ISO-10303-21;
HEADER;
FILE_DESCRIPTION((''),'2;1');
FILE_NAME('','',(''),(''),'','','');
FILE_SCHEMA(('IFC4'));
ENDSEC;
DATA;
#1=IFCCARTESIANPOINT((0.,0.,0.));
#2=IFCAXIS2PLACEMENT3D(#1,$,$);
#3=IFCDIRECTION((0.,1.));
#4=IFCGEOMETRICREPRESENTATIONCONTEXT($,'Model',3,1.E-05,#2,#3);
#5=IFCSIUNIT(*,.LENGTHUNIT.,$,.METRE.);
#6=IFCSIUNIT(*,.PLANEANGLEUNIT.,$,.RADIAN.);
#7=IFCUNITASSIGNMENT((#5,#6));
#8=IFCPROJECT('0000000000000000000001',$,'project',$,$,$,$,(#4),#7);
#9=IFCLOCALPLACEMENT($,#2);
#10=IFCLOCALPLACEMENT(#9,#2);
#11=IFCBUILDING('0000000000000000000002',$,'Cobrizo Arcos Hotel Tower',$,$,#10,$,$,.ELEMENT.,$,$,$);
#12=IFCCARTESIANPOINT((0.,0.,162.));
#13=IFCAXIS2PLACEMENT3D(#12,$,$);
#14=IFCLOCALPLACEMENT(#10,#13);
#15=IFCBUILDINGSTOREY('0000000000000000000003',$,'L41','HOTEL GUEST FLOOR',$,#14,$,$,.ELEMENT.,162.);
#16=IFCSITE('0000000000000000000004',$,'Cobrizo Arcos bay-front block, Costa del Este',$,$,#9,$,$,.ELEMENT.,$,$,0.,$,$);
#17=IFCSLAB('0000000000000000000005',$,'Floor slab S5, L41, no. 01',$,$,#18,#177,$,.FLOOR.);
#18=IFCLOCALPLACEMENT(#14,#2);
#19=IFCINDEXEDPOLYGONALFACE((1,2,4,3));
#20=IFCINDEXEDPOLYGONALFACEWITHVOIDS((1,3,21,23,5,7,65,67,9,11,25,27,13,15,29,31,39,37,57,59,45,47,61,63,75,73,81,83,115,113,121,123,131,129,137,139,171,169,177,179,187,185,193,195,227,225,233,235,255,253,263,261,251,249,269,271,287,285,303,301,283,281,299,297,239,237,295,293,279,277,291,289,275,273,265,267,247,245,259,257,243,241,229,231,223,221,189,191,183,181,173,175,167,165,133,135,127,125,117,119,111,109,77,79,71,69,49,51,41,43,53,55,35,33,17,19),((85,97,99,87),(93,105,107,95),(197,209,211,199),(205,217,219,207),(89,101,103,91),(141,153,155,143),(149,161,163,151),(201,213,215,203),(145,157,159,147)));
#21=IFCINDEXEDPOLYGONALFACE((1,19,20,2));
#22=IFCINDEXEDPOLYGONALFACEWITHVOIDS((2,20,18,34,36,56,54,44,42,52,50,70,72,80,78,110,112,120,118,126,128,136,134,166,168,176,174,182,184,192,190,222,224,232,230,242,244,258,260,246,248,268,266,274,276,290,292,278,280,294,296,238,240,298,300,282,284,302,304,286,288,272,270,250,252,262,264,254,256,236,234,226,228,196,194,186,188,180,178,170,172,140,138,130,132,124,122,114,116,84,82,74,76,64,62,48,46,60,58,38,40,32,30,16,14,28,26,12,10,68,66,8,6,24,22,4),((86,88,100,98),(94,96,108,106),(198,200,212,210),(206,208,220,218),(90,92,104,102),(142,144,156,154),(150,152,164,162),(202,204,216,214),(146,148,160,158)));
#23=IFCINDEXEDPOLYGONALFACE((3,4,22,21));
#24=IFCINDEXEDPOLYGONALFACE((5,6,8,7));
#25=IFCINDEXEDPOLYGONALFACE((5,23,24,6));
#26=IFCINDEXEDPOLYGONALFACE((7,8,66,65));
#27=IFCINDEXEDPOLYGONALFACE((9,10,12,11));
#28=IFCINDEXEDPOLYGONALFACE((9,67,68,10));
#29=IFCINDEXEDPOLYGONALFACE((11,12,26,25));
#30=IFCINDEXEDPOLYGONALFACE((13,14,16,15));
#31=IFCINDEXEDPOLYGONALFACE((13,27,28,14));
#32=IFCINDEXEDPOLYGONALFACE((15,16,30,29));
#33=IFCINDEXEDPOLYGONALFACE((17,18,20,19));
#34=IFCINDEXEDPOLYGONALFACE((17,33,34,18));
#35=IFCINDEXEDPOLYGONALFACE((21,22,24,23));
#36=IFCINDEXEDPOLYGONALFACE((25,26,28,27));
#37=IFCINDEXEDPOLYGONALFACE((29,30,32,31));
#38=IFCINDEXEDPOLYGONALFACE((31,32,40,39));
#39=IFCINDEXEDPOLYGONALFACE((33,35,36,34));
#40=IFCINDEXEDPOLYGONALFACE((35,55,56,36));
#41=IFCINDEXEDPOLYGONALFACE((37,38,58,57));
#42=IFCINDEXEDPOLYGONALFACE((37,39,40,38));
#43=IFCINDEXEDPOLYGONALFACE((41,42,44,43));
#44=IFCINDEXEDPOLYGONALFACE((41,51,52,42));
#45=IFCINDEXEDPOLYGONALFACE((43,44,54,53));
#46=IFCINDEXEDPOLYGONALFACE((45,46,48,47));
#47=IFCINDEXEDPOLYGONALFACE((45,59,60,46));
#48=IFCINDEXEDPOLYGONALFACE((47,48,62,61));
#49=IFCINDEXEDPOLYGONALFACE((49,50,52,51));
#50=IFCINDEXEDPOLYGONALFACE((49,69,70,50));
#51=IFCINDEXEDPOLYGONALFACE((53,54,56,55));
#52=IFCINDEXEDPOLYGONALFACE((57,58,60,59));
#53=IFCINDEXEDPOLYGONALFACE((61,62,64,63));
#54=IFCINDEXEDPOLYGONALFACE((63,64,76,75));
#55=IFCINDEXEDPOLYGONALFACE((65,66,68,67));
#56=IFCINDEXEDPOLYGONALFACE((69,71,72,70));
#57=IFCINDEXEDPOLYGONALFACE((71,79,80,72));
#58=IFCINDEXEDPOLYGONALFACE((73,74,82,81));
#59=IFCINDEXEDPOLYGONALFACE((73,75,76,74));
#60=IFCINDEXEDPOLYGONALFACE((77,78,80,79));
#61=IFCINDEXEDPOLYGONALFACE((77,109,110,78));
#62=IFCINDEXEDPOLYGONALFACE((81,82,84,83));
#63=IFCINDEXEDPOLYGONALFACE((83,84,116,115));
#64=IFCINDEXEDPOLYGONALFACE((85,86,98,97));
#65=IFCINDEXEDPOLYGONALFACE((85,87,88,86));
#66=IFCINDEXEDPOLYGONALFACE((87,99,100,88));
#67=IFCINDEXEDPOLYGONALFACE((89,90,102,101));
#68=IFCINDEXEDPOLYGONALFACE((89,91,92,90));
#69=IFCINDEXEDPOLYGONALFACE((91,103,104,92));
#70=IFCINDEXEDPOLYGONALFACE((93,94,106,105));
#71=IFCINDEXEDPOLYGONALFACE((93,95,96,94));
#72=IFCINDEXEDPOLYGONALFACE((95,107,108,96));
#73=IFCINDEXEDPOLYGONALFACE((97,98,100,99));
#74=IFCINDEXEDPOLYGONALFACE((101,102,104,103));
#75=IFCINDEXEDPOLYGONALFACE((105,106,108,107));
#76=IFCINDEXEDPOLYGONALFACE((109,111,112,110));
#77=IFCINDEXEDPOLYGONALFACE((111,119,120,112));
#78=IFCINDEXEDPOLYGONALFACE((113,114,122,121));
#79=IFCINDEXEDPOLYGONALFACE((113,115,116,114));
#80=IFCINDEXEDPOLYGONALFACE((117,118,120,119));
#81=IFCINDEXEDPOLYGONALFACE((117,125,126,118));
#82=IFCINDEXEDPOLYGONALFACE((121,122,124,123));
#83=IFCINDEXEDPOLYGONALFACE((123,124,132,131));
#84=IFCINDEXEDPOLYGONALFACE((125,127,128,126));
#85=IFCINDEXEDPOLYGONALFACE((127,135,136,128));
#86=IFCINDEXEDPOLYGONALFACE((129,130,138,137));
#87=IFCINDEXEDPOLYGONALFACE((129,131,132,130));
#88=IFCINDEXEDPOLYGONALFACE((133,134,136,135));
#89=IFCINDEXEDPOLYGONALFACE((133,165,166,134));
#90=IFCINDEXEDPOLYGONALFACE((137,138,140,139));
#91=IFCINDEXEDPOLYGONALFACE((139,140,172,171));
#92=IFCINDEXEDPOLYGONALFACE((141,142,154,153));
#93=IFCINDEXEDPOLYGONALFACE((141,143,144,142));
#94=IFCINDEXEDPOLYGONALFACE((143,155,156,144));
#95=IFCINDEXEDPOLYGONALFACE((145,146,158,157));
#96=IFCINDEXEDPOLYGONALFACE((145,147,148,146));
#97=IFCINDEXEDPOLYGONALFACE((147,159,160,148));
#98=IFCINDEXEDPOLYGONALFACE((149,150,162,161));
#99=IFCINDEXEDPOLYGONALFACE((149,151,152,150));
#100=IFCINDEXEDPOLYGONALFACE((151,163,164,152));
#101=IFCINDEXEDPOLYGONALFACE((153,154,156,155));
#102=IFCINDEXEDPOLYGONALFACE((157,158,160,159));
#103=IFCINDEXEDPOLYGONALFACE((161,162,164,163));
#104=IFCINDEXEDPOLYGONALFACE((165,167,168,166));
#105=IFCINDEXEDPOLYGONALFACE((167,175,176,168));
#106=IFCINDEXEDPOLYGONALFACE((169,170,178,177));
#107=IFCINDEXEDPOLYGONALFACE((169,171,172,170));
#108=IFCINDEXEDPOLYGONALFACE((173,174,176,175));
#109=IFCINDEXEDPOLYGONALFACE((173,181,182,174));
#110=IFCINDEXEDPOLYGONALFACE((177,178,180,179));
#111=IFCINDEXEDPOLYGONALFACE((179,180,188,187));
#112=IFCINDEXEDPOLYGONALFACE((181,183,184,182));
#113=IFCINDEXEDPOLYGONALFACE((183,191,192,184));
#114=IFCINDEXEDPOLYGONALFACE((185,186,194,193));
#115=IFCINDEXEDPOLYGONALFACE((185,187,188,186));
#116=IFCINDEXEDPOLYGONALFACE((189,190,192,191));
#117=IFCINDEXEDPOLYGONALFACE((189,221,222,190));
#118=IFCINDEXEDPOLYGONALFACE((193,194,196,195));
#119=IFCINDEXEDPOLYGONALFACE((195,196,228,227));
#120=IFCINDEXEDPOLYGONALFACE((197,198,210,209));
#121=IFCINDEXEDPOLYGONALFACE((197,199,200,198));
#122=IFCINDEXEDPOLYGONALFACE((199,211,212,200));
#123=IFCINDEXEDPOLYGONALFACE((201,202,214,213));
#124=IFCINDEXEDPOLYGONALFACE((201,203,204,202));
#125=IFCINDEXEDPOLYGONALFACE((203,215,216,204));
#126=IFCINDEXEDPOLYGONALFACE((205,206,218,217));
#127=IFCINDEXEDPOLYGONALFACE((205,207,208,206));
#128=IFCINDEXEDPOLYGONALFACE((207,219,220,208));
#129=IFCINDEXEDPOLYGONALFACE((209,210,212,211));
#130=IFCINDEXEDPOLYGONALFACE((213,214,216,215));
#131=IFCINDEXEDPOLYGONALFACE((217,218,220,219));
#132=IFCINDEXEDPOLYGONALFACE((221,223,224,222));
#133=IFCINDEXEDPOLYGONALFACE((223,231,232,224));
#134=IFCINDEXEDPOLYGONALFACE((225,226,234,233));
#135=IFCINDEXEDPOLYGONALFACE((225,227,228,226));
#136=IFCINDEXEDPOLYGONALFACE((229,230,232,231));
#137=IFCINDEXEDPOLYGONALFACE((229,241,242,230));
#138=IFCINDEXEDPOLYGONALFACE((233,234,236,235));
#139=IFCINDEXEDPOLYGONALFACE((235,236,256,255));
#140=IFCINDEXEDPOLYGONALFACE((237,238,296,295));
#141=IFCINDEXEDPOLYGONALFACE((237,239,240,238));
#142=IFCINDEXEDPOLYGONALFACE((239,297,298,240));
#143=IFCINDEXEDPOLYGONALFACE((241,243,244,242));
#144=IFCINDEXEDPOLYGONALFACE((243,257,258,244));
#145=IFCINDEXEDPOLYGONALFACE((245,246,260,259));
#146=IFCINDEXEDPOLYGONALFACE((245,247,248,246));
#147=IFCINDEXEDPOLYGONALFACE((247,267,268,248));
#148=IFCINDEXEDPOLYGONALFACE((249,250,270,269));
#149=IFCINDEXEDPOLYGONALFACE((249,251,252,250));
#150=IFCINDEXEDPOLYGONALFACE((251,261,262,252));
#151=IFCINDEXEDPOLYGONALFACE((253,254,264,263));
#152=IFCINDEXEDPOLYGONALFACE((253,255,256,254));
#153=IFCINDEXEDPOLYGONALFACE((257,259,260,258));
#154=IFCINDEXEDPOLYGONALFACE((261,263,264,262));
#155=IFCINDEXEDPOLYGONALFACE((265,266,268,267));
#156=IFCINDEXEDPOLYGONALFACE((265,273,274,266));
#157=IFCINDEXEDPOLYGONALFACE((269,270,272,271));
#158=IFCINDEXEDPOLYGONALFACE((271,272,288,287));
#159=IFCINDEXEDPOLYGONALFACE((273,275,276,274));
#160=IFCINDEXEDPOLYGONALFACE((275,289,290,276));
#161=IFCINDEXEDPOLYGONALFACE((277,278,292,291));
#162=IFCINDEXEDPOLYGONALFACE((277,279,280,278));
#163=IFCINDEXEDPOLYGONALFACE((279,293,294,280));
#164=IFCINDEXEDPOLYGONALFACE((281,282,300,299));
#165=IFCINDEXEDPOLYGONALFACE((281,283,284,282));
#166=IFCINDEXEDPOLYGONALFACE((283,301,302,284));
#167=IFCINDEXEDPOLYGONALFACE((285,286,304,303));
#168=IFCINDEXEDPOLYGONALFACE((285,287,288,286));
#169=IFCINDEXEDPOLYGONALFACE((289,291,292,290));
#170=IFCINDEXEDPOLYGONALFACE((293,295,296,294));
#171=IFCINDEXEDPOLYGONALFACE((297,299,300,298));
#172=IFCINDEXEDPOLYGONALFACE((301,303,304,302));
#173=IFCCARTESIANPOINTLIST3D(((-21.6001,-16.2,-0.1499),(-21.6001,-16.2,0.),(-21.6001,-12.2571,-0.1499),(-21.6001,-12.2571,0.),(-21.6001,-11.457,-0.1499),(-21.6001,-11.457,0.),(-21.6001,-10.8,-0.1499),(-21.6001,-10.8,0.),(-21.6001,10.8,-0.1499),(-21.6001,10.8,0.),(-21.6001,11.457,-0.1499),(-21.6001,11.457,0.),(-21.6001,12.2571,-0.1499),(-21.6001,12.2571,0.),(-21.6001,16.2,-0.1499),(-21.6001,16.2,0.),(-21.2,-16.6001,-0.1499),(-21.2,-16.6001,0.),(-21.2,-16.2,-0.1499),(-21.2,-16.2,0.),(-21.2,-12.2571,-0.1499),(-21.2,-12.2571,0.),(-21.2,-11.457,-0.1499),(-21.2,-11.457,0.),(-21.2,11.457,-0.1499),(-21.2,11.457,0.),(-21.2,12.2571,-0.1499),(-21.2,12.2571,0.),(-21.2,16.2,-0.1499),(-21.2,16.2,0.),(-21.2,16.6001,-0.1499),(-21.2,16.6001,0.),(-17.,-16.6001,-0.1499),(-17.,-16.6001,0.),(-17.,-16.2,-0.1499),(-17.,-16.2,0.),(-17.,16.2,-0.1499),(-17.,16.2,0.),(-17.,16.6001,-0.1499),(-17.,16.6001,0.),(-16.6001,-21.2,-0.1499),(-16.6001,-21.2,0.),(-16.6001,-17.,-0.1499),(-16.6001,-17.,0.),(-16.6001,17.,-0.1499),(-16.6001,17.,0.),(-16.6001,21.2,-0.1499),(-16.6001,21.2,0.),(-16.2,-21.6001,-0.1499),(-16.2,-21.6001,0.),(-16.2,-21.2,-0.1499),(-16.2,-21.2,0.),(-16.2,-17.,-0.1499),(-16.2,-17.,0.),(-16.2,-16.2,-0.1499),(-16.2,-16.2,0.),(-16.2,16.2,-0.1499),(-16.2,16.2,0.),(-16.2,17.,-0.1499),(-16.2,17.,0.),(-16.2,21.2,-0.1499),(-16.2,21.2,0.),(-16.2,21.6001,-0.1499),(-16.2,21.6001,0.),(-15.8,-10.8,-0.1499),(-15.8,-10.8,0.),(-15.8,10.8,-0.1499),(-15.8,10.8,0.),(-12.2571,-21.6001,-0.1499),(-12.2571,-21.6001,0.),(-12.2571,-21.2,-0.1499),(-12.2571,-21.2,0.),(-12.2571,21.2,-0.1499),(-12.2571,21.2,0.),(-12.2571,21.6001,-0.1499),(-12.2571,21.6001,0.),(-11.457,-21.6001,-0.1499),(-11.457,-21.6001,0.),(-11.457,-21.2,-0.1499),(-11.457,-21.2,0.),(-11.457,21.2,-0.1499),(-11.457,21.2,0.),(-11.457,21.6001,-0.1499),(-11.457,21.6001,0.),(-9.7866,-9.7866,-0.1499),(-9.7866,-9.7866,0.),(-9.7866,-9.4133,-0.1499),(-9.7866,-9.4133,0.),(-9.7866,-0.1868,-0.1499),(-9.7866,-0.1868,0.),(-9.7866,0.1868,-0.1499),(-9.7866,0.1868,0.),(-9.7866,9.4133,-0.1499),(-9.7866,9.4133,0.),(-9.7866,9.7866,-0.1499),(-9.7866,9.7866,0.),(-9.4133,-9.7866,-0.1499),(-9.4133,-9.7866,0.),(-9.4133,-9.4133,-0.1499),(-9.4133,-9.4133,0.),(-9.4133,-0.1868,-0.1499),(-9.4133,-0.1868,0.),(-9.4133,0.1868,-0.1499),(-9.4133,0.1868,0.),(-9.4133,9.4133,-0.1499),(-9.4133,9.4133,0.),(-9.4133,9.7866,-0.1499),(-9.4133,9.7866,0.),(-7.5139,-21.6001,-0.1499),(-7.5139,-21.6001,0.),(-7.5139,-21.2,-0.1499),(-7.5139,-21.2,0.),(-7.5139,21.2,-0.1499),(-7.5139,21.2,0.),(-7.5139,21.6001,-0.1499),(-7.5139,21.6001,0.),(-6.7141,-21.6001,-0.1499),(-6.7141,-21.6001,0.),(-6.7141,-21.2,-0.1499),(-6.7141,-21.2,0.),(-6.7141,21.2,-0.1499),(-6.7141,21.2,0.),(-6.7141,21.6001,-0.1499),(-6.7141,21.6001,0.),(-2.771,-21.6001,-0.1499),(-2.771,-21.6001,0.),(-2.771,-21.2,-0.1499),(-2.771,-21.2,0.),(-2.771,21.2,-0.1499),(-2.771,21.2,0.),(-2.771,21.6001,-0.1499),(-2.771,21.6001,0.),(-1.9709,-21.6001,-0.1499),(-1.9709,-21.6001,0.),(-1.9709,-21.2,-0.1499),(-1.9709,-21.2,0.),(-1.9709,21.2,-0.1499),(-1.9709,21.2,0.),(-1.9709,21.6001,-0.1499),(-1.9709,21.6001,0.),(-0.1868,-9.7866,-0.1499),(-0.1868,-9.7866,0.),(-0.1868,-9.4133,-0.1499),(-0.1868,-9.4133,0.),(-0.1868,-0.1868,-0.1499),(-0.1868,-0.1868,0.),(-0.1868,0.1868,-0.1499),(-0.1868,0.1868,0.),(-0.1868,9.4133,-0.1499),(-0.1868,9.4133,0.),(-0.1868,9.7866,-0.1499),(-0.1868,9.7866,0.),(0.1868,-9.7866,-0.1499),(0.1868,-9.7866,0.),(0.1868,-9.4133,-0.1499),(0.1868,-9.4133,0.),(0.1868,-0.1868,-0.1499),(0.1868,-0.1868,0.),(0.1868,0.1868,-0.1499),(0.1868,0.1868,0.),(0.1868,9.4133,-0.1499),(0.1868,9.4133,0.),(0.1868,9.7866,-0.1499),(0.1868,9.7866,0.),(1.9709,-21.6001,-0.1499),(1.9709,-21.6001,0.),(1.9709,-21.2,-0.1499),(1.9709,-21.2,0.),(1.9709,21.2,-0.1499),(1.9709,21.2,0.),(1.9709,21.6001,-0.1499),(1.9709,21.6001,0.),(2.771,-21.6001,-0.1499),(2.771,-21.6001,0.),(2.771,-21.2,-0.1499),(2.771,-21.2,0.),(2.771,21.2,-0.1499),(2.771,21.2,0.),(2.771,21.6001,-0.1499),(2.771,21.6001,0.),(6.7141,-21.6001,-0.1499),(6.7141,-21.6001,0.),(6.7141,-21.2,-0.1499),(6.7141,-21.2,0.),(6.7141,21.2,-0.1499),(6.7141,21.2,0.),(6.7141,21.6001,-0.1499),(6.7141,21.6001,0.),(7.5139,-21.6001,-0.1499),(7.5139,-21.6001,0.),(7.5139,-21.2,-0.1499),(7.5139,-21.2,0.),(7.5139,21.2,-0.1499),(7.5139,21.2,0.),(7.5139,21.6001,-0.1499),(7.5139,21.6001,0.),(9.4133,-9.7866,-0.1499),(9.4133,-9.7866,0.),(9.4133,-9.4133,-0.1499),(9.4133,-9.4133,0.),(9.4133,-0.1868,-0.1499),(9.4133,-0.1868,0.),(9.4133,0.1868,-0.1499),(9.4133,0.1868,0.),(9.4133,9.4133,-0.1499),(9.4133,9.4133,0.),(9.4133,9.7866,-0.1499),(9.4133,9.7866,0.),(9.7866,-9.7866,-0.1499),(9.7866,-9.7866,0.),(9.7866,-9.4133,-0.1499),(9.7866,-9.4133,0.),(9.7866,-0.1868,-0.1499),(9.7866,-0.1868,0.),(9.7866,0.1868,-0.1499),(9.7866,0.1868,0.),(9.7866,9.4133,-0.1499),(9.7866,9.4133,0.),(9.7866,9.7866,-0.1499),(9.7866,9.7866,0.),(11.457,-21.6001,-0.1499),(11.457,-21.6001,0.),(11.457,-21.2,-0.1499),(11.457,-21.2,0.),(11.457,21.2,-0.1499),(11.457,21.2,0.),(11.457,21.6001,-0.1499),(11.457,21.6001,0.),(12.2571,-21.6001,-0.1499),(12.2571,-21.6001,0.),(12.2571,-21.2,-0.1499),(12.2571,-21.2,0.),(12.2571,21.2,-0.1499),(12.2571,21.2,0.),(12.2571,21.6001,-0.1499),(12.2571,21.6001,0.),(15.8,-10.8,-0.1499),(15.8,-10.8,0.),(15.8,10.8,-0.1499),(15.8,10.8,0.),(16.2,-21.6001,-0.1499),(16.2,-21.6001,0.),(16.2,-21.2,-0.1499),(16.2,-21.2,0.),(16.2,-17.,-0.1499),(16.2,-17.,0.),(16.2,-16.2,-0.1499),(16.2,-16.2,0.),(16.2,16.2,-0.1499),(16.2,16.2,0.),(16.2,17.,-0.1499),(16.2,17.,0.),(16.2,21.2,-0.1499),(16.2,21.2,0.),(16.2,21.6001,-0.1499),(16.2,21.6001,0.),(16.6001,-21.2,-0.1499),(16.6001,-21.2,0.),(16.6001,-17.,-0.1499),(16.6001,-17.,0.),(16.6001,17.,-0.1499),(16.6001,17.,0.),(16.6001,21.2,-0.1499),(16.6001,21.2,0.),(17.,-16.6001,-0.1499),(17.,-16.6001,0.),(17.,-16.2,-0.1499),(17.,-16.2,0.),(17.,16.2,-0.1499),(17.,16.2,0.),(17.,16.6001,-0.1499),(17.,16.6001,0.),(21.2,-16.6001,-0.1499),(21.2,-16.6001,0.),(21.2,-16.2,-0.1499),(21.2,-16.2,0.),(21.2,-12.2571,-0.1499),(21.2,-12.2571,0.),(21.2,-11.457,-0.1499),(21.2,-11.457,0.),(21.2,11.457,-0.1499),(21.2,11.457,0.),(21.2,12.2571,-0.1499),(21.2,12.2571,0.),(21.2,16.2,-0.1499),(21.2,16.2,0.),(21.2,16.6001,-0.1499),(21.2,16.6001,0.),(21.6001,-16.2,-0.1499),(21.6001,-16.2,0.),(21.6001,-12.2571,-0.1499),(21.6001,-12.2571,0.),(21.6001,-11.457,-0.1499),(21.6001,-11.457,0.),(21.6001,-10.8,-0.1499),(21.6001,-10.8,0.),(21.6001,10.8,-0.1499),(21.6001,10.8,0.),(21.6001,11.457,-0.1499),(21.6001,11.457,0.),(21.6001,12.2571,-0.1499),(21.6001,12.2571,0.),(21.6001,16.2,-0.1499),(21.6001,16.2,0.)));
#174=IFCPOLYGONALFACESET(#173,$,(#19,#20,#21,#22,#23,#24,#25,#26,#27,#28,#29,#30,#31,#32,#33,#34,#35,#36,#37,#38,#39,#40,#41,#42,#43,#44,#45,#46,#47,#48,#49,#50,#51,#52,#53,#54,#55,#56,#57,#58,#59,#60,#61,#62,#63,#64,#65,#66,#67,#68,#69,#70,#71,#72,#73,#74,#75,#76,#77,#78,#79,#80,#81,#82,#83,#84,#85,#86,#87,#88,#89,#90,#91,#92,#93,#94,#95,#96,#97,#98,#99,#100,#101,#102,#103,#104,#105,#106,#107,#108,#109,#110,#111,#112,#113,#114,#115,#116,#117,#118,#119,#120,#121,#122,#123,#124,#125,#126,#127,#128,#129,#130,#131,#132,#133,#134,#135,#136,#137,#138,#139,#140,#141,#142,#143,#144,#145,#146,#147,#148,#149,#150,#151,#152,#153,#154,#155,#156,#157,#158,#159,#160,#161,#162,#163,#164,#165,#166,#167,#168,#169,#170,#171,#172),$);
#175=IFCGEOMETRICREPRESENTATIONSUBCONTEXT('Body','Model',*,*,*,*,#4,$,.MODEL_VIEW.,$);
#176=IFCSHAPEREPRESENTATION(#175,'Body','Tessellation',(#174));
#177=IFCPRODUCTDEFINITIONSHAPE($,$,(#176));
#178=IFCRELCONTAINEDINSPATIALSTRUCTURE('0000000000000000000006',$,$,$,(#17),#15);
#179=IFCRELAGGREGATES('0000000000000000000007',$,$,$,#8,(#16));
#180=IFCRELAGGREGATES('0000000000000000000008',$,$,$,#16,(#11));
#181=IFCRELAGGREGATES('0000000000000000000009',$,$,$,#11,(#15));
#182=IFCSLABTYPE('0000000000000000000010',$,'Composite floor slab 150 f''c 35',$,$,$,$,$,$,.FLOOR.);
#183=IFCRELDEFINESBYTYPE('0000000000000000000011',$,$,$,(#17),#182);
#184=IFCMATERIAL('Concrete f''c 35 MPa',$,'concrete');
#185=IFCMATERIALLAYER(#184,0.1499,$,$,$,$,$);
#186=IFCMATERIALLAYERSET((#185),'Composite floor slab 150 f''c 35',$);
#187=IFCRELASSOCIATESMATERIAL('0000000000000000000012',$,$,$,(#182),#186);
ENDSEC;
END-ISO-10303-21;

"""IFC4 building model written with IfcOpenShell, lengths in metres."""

from ifc_helpers import new_model, si_unit, direction, frame, origin, place, context, subcontext, project, spatial, polyline, outline, extrude, material, layer, layer_set, type_object, element, save


model = new_model("IFC4")

# Units and contexts
model_context = context("Model", 3, precision=1e-05, world=origin(), true_north=direction((0.0, 1.0)))
body_context = subcontext(model_context, "Body", "Model", "MODEL_VIEW")
ifc_project = project(units=[si_unit("LENGTHUNIT", "METRE"), si_unit("PLANEANGLEUNIT", "RADIAN")], contexts=[model_context])

# Site, building, storey
site_placement = place(None, origin())
site = spatial("IfcSite", under=ifc_project, at=site_placement, Name="Cobrizo Arcos bay-front block, Costa del Este", CompositionType="ELEMENT", RefElevation=0.0)
building_placement = place(site_placement, origin())
building = spatial("IfcBuilding", under=site, at=building_placement, Name="Cobrizo Arcos Hotel Tower", CompositionType="ELEMENT")
storey_placement = place(building_placement, frame((0.0, 0.0, 162.0)))
storey = spatial("IfcBuildingStorey", under=building, at=storey_placement, Name="L41", Description="HOTEL GUEST FLOOR", CompositionType="ELEMENT", Elevation=162.0)

# Slab
ifc_material_1 = material(Name="Concrete f'c 35 MPa", Category="concrete")
ifc_layer_1 = layer(ifc_material_1, 0.1499)
ifc_layer_set_1 = layer_set([ifc_layer_1], Name="Composite floor slab 150 f'c 35")
slab_type_1 = type_object("IfcSlabType", Name="Composite floor slab 150 f'c 35", PredefinedType="FLOOR", material=ifc_layer_set_1)
slab_1_placement = place(storey_placement, frame((0.0, 0.0, -0.1499)))
element("IfcSlab", 1, at=slab_1_placement, inside=storey, type_object=slab_type_1, Name="Floor slab S5, L41, no. 01", PredefinedType="FLOOR", context=body_context, shape_type="SweptSolid", body=[
    extrude(outline(polyline([(-16.2, -21.6001), (-16.2, -21.2), (-16.6001, -21.2), (-16.6001, -17.0), (-16.2, -17.0), (-16.2, -16.2), (-17.0, -16.2), (-17.0, -16.6001), (-21.2, -16.6001), (-21.2, -16.2), (-21.6001, -16.2), (-21.6001, -12.2571), (-21.2, -12.2571), (-21.2, -11.457), (-21.6001, -11.457), (-21.6001, -10.8), (-15.8, -10.8), (-15.8, 10.8), (-21.6001, 10.8), (-21.6001, 11.457), (-21.2, 11.457), (-21.2, 12.2571), (-21.6001, 12.2571), (-21.6001, 16.2), (-21.2, 16.2), (-21.2, 16.6001), (-17.0, 16.6001), (-17.0, 16.2), (-16.2, 16.2), (-16.2, 17.0), (-16.6001, 17.0), (-16.6001, 21.2), (-16.2, 21.2), (-16.2, 21.6001), (-12.2571, 21.6001), (-12.2571, 21.2), (-11.457, 21.2), (-11.457, 21.6001), (-7.5139, 21.6001), (-7.5139, 21.2), (-6.7141, 21.2), (-6.7141, 21.6001), (-2.771, 21.6001), (-2.771, 21.2), (-1.9709, 21.2), (-1.9709, 21.6001), (1.9709, 21.6001), (1.9709, 21.2), (2.771, 21.2), (2.771, 21.6001), (6.7141, 21.6001), (6.7141, 21.2), (7.5139, 21.2), (7.5139, 21.6001), (11.457, 21.6001), (11.457, 21.2), (12.2571, 21.2), (12.2571, 21.6001), (16.2, 21.6001), (16.2, 21.2), (16.6001, 21.2), (16.6001, 17.0), (16.2, 17.0), (16.2, 16.2), (17.0, 16.2), (17.0, 16.6001), (21.2, 16.6001), (21.2, 16.2), (21.6001, 16.2), (21.6001, 12.2571), (21.2, 12.2571), (21.2, 11.457), (21.6001, 11.457), (21.6001, 10.8), (15.8, 10.8), (15.8, -10.8), (21.6001, -10.8), (21.6001, -11.457), (21.2, -11.457), (21.2, -12.2571), (21.6001, -12.2571), (21.6001, -16.2), (21.2, -16.2), (21.2, -16.6001), (17.0, -16.6001), (17.0, -16.2), (16.2, -16.2), (16.2, -17.0), (16.6001, -17.0), (16.6001, -21.2), (16.2, -21.2), (16.2, -21.6001), (12.2571, -21.6001), (12.2571, -21.2), (11.457, -21.2), (11.457, -21.6001), (7.5139, -21.6001), (7.5139, -21.2), (6.7141, -21.2), (6.7141, -21.6001), (2.771, -21.6001), (2.771, -21.2), (1.9709, -21.2), (1.9709, -21.6001), (-1.9709, -21.6001), (-1.9709, -21.2), (-2.771, -21.2), (-2.771, -21.6001), (-6.7141, -21.6001), (-6.7141, -21.2), (-7.5139, -21.2), (-7.5139, -21.6001), (-11.457, -21.6001), (-11.457, -21.2), (-12.2571, -21.2), (-12.2571, -21.6001), (-16.2, -21.6001)]), holes=[polyline([(-0.1868, -9.7866), (0.1868, -9.7866), (0.1868, -9.4133), (-0.1868, -9.4133), (-0.1868, -9.7866)]), polyline([(-9.7866, -9.7866), (-9.4133, -9.7866), (-9.4133, -9.4133), (-9.7866, -9.4133), (-9.7866, -9.7866)]), polyline([(-9.4133, -0.1868), (-9.4133, 0.1868), (-9.7866, 0.1868), (-9.7866, -0.1868), (-9.4133, -0.1868)]), polyline([(0.1868, -0.1868), (0.1868, 0.1868), (-0.1868, 0.1868), (-0.1868, -0.1868), (0.1868, -0.1868)]), polyline([(-9.7866, 9.4133), (-9.4133, 9.4133), (-9.4133, 9.7866), (-9.7866, 9.7866), (-9.7866, 9.4133)]), polyline([(9.4133, -9.7866), (9.7866, -9.7866), (9.7866, -9.4133), (9.4133, -9.4133), (9.4133, -9.7866)]), polyline([(9.4133, -0.1868), (9.7866, -0.1868), (9.7866, 0.1868), (9.4133, 0.1868), (9.4133, -0.1868)]), polyline([(9.7866, 9.4133), (9.7866, 9.7866), (9.4133, 9.7866), (9.4133, 9.4133), (9.7866, 9.4133)]), polyline([(0.1868, 9.4133), (0.1868, 9.7866), (-0.1868, 9.7866), (-0.1868, 9.4133), (0.1868, 9.4133)])]), origin(), (0.0, 0.0, 1.0), 0.1499),
])

save(model, "model.ifc")
